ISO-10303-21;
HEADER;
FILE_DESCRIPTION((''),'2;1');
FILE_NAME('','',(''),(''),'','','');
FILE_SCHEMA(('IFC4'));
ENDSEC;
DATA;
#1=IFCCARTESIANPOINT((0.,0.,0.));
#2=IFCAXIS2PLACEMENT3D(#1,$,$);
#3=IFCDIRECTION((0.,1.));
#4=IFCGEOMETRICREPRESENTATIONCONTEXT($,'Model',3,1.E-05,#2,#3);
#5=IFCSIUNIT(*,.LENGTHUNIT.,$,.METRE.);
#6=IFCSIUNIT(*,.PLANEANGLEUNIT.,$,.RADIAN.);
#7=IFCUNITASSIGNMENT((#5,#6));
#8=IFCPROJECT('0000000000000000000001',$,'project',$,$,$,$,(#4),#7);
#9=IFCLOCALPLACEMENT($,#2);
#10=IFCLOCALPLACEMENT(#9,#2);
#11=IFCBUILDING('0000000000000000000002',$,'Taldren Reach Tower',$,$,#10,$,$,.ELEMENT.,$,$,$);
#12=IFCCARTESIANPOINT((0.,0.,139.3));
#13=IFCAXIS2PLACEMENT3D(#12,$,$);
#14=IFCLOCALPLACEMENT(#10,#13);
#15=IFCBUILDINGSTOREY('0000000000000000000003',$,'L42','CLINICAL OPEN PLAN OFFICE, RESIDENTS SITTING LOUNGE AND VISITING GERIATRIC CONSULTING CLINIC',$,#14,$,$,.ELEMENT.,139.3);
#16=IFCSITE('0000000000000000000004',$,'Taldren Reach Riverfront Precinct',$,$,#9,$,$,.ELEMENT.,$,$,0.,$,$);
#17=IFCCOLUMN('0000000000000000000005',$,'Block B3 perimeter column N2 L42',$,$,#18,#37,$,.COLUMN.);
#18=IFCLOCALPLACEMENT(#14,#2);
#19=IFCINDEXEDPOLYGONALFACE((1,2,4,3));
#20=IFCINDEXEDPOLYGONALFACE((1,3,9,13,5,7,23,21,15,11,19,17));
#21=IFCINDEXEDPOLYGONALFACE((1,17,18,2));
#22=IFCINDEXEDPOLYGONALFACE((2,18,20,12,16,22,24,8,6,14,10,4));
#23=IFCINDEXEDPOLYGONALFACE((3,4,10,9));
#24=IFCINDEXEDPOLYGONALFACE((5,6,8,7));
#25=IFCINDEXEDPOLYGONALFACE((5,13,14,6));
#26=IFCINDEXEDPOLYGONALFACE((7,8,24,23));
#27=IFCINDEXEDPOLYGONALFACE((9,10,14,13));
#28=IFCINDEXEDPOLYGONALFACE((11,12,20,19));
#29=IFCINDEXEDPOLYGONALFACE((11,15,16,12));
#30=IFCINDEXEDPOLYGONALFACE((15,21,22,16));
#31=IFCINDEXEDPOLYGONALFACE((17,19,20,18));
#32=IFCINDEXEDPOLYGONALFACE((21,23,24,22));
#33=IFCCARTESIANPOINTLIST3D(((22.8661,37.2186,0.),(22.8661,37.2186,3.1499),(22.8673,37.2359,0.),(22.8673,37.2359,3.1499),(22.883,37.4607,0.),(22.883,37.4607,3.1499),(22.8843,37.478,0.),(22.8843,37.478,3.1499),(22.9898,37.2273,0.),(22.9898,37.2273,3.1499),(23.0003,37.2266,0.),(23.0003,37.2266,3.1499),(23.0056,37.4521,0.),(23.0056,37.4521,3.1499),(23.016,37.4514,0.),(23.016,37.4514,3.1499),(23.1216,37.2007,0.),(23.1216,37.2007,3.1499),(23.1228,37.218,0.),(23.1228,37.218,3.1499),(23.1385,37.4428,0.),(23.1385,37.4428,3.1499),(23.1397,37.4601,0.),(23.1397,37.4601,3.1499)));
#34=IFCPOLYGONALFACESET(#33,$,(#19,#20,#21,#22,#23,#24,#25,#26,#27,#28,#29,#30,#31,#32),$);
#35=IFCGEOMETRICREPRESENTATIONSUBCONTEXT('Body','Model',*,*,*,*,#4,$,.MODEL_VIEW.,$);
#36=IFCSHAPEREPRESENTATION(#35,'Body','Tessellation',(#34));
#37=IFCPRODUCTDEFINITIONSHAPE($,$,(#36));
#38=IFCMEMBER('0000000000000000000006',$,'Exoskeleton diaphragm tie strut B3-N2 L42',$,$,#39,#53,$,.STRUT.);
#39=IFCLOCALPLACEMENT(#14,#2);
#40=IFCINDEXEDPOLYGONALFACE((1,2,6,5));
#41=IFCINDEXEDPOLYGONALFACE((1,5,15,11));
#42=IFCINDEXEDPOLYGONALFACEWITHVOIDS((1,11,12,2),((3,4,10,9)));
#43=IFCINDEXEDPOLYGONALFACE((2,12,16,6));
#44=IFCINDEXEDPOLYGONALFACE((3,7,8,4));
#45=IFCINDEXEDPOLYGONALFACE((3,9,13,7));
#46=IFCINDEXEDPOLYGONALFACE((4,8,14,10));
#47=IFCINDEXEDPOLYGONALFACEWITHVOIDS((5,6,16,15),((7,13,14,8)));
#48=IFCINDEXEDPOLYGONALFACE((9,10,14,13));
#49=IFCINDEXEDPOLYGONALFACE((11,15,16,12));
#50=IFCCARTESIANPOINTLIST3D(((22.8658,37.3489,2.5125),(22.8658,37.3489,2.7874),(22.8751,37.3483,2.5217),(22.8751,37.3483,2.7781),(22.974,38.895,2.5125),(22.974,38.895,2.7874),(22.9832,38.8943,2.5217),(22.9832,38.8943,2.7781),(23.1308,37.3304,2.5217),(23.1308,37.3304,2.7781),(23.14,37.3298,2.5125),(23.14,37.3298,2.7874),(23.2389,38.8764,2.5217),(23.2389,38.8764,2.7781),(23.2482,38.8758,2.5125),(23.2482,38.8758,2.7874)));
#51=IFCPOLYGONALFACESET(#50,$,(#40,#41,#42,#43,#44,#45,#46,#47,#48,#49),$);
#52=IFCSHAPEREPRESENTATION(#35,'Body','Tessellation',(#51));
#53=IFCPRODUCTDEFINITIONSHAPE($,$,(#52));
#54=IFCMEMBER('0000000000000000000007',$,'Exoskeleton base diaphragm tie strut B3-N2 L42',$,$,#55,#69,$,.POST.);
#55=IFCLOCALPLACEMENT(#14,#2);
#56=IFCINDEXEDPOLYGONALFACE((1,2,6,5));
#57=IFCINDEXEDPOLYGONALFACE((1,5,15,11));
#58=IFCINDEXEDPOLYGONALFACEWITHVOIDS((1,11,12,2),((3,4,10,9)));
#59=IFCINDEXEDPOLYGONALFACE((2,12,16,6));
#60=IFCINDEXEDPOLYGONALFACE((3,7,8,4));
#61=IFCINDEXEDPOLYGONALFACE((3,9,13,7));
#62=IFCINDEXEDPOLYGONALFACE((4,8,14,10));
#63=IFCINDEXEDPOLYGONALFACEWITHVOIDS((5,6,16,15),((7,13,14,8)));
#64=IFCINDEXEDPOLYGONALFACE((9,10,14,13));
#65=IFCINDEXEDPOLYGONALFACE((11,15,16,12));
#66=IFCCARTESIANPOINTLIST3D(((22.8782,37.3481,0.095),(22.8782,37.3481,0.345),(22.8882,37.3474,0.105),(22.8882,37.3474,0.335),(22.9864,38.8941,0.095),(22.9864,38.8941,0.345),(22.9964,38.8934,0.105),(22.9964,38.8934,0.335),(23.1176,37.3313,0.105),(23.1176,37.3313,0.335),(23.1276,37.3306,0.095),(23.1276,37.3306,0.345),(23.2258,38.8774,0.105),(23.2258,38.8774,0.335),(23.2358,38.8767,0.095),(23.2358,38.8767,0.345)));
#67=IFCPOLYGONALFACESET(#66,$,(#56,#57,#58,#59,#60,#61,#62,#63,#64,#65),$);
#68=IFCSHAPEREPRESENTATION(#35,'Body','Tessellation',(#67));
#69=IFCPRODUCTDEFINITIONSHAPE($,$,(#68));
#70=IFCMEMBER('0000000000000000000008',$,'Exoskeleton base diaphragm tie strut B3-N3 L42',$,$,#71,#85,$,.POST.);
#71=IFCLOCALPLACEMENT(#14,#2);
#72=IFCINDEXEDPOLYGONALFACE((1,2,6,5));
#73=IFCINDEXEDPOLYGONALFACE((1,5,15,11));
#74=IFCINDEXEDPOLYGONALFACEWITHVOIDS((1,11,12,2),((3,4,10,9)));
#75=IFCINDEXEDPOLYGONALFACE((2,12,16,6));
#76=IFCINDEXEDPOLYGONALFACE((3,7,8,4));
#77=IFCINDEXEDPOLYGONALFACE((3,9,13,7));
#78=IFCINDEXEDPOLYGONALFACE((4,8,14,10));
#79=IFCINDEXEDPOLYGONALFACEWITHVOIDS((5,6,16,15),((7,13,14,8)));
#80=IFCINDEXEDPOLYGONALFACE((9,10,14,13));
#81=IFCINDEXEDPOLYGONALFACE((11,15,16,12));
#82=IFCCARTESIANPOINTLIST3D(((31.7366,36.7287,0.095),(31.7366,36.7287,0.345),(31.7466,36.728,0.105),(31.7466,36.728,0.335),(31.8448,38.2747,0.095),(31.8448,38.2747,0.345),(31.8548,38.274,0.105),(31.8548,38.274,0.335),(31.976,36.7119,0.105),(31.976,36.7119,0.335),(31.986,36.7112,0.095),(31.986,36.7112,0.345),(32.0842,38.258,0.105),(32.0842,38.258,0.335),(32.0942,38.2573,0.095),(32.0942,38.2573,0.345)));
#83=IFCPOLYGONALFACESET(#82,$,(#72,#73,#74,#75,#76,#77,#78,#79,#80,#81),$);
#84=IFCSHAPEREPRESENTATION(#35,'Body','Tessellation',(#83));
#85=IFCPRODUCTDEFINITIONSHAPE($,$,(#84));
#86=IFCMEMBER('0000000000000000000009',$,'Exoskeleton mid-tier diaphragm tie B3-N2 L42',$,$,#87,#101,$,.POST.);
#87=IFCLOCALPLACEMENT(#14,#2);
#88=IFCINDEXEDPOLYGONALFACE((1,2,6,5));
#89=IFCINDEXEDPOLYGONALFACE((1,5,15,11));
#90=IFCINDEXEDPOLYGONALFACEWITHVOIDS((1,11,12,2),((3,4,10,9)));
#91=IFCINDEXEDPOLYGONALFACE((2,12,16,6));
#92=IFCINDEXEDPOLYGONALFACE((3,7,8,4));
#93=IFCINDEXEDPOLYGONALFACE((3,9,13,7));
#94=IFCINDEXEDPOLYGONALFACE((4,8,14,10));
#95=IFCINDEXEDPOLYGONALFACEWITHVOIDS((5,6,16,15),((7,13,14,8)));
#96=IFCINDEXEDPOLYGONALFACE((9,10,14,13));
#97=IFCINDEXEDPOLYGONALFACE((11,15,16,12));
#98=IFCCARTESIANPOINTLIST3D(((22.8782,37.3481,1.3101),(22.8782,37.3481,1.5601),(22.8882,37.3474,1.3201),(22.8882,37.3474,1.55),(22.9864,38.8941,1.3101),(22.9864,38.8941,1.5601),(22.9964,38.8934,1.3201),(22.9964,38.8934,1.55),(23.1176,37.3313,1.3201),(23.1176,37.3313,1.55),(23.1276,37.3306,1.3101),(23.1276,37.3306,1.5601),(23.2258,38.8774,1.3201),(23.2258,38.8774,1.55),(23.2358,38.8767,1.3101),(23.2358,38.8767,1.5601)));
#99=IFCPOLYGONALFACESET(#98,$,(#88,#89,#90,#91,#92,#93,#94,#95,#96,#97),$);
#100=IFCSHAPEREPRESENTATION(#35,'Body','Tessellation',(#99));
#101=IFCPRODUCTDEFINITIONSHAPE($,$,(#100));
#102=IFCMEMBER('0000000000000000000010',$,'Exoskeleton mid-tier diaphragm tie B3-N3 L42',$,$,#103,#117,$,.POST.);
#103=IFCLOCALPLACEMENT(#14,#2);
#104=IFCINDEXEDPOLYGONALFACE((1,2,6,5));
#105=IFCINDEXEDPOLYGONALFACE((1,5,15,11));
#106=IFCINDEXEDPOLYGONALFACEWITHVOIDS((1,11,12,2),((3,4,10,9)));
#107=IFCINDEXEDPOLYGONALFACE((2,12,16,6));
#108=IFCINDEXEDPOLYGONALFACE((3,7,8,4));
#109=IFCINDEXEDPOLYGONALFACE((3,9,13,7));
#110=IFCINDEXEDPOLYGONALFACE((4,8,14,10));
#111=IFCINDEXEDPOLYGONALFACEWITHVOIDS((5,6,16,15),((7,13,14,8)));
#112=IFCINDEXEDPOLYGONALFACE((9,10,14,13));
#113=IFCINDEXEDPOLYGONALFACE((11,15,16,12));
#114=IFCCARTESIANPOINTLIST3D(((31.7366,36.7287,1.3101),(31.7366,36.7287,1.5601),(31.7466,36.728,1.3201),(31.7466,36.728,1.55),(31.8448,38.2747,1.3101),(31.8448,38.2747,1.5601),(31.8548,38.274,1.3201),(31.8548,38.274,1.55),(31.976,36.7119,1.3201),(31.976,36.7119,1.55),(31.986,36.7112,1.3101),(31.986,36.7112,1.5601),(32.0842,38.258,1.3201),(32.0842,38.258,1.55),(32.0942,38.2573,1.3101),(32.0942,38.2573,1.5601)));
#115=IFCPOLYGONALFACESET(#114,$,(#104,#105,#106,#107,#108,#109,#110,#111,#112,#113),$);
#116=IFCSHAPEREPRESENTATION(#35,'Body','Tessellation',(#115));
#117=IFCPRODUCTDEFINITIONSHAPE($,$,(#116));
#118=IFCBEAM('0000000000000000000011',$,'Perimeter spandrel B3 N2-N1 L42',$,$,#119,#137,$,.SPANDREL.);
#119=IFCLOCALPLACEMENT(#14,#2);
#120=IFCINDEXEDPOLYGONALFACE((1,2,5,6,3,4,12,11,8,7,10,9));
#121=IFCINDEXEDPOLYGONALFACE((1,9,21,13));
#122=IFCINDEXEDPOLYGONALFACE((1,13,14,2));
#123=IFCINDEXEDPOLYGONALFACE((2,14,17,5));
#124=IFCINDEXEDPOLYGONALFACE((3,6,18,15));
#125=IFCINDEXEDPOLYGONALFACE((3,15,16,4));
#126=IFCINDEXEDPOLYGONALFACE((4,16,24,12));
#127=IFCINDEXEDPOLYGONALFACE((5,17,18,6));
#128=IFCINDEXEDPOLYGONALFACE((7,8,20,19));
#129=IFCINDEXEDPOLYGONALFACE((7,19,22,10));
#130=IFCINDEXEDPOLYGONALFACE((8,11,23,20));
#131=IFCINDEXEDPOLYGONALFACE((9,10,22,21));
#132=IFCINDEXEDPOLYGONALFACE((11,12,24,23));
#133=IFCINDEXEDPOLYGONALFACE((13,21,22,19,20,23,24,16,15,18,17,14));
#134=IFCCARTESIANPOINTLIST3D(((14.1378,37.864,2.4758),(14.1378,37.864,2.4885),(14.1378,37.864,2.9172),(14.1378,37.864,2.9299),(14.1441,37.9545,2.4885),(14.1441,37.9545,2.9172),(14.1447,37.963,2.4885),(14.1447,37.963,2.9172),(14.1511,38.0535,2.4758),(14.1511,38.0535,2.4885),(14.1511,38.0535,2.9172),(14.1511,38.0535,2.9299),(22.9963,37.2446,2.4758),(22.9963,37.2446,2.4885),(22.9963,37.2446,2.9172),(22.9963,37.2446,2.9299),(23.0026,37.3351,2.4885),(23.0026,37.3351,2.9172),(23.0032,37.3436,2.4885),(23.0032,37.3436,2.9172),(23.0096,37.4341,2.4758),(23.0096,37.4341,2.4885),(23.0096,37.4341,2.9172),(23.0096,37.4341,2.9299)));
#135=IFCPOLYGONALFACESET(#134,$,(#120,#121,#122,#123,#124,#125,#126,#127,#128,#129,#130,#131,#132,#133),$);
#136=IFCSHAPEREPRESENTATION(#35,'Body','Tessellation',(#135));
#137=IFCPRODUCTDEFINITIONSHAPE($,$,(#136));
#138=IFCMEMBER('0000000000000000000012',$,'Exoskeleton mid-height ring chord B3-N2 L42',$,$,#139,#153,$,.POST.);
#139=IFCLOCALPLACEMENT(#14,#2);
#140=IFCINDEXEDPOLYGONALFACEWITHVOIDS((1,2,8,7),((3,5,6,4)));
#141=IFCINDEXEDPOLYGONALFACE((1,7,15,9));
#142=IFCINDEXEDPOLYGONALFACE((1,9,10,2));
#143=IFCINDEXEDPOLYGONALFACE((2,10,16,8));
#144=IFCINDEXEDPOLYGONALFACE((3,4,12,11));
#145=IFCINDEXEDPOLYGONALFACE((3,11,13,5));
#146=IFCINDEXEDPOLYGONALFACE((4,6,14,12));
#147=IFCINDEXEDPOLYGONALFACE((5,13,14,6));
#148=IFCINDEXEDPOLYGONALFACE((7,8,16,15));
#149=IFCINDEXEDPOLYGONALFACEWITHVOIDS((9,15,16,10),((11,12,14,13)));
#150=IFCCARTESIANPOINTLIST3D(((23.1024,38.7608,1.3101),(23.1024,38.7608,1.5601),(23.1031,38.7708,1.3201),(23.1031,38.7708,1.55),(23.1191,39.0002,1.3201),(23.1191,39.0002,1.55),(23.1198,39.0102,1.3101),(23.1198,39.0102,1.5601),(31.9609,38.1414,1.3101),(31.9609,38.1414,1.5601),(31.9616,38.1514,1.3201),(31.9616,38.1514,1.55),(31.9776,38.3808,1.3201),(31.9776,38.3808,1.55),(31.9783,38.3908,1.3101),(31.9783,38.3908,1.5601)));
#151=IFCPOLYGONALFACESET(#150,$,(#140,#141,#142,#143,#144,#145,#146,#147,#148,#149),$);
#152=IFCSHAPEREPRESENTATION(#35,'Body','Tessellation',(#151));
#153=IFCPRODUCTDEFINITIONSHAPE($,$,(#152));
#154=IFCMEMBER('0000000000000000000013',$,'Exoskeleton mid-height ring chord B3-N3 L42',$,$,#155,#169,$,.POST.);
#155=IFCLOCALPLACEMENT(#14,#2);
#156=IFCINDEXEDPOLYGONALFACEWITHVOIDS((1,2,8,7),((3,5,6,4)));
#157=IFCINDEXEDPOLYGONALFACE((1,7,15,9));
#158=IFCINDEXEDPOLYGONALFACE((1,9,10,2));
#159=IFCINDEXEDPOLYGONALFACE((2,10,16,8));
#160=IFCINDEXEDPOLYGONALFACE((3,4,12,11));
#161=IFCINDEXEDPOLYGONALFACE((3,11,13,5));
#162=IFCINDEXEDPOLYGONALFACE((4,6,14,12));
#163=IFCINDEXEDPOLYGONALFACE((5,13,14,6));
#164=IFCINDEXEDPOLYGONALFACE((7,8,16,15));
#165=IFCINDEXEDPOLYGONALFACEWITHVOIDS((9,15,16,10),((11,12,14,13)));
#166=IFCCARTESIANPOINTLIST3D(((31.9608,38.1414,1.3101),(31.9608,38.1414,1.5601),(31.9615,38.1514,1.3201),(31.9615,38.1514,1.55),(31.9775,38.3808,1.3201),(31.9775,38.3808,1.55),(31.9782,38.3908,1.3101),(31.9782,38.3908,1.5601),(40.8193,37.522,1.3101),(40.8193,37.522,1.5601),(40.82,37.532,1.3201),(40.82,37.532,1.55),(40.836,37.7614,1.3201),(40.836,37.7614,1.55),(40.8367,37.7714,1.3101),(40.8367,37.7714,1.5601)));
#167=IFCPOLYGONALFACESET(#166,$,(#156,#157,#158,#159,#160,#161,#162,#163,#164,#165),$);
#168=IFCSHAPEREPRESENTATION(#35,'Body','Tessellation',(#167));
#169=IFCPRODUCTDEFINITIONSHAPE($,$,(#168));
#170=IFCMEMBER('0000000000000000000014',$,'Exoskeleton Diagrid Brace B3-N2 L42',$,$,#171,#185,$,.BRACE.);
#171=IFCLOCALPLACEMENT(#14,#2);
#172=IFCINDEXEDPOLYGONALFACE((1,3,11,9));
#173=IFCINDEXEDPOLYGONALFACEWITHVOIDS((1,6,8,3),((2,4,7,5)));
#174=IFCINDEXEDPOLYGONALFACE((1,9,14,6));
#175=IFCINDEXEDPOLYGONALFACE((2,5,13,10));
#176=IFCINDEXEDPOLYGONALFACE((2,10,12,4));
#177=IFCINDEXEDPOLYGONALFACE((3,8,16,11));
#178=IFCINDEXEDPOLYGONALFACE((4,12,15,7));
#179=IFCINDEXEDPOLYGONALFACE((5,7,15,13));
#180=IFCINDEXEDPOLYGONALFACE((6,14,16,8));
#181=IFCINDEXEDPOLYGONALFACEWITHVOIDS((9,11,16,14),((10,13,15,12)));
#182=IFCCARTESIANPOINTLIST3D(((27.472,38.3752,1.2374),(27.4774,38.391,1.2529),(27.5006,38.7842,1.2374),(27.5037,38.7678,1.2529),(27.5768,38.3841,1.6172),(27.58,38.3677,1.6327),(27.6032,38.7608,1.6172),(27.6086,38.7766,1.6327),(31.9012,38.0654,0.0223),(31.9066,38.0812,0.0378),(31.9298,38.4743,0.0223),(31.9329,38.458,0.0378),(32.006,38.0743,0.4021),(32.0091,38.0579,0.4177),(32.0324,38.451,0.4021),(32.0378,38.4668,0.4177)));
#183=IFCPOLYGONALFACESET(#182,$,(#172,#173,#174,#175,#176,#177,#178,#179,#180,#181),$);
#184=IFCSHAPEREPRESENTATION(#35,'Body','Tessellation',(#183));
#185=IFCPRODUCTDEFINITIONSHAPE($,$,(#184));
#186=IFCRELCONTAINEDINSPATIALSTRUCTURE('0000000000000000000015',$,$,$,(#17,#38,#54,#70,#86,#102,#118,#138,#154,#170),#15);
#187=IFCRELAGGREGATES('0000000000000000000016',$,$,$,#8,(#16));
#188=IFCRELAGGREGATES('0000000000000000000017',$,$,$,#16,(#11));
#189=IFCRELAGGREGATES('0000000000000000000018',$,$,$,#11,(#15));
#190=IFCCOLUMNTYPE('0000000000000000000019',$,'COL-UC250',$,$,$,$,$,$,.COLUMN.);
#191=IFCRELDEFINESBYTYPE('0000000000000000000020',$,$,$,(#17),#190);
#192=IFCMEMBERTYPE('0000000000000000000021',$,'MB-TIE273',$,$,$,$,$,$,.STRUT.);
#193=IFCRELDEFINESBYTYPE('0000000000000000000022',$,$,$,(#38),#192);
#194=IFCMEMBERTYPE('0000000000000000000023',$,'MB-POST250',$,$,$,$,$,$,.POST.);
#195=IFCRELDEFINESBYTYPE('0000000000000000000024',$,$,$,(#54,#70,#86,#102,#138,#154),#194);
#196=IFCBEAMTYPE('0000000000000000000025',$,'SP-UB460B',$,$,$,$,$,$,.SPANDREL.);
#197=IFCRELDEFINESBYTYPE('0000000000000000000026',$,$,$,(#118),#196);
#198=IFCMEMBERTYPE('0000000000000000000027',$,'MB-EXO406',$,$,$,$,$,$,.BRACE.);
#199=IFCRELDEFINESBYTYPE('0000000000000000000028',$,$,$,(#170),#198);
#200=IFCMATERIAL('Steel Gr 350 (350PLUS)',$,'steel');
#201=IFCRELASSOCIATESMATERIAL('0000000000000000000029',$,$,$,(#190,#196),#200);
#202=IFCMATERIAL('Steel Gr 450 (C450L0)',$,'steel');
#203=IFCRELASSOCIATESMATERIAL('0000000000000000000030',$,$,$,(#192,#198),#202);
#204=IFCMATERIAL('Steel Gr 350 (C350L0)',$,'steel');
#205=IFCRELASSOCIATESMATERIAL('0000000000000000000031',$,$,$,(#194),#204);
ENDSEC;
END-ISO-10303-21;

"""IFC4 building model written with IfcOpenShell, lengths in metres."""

from ifc_helpers import new_model, si_unit, direction, frame, origin, origin_2d, place, context, subcontext, project, spatial, hollow_rectangle, i_section, extrude, source, transform, mapped, material, material_profile, profile_set, type_object, element, save


model = new_model("IFC4")

# Units and contexts
model_context = context("Model", 3, precision=1e-05, world=origin(), true_north=direction((0.0, 1.0)))
body_context = subcontext(model_context, "Body", "Model", "MODEL_VIEW")
ifc_project = project(units=[si_unit("LENGTHUNIT", "METRE"), si_unit("PLANEANGLEUNIT", "RADIAN")], contexts=[model_context])

# Site, building, storey
site_placement = place(None, origin())
site = spatial("IfcSite", under=ifc_project, at=site_placement, Name="Taldren Reach Riverfront Precinct", CompositionType="ELEMENT", RefElevation=0.0)
building_placement = place(site_placement, origin())
building = spatial("IfcBuilding", under=site, at=building_placement, Name="Taldren Reach Tower", CompositionType="ELEMENT")
storey_placement = place(building_placement, frame((0.0, 0.0, 139.3)))
storey = spatial("IfcBuildingStorey", under=building, at=storey_placement, Name="L42", Description="CLINICAL OPEN PLAN OFFICE, RESIDENTS SITTING LOUNGE AND VISITING GERIATRIC CONSULTING CLINIC", CompositionType="ELEMENT", Elevation=139.3)

# Column
ifc_material_1 = material(Name="Steel Gr 350 (350PLUS)", Category="steel")
ifc_material_profile_1 = material_profile(ifc_material_1, i_section(OverallWidth=0.2561, OverallDepth=0.26, WebThickness=0.0105, FlangeThickness=0.0173, at=origin_2d()), Name="250UC89.5")
ifc_profile_set_1 = profile_set([ifc_material_profile_1], Name="Steel Gr 350 (350PLUS)")
column_type = type_object("IfcColumnType", Name="COL-UC250", PredefinedType="COLUMN", material=ifc_profile_set_1)
shared_shape_1 = source(origin(), body_context, "Body", "SweptSolid", [
    extrude(i_section(OverallWidth=0.2561, OverallDepth=0.26, WebThickness=0.0105, FlangeThickness=0.0173, at=origin_2d()), origin(), (0.0, 0.0, 1.0), 3.1499),
])
column_placement = place(storey_placement, frame((23.0029, 37.3394, 0.0), z_axis=(0.0, 0.0, 1.0), x_axis=(0.997564, -0.069756, 0.0)))
element("IfcColumn", 1, at=column_placement, inside=storey, type_object=column_type, Name="Block B3 perimeter column N2 L42", PredefinedType="COLUMN", context=body_context, shape_type="MappedRepresentation", body=[
    mapped(shared_shape_1, transform((0.0, 0.0, 0.0), scale=1.0)),
])

# Members
ifc_material_2 = material(Name="Steel Gr 450 (C450L0)", Category="steel")
ifc_material_profile_2 = material_profile(ifc_material_2, hollow_rectangle(XDim=0.2749, YDim=0.2749, WallThickness=0.0093, at=origin_2d()), Name="275x275x9.3SHS")
ifc_profile_set_2 = profile_set([ifc_material_profile_2], Name="Steel Gr 450 (C450L0)")
member_type_1 = type_object("IfcMemberType", Name="MB-TIE273", PredefinedType="STRUT", material=ifc_profile_set_2)
shared_shape_2 = source(origin(), body_context, "Body", "SweptSolid", [
    extrude(hollow_rectangle(XDim=0.2749, YDim=0.2749, WallThickness=0.0093, at=origin_2d()), origin(), (0.0, 0.0, 1.0), 1.5498),
])
member_1_placement = place(storey_placement, frame((23.0029, 37.3394, 2.6499), z_axis=(0.069781, 0.997562, 0.0), x_axis=(-0.997562, 0.069781, 0.0)))
element("IfcMember", 2, at=member_1_placement, inside=storey, type_object=member_type_1, Name="Exoskeleton diaphragm tie strut B3-N2 L42", PredefinedType="STRUT", context=body_context, shape_type="MappedRepresentation", body=[
    mapped(shared_shape_2, transform((0.0, 0.0, 0.0), scale=1.0)),
])
ifc_material_3 = material(Name="Steel Gr 350 (C350L0)", Category="steel")
ifc_material_profile_3 = material_profile(ifc_material_3, hollow_rectangle(XDim=0.25, YDim=0.25, WallThickness=0.01, at=origin_2d()), Name="250x250x10.0SHS")
ifc_profile_set_3 = profile_set([ifc_material_profile_3], Name="Steel Gr 350 (C350L0)")
member_type_2 = type_object("IfcMemberType", Name="MB-POST250", PredefinedType="POST", material=ifc_profile_set_3)
shared_shape_3 = source(origin(), body_context, "Body", "SweptSolid", [
    extrude(hollow_rectangle(XDim=0.25, YDim=0.25, WallThickness=0.01, at=origin_2d()), origin(), (0.0, 0.0, 1.0), 1.5498),
])
for number, where, z_axis, x_axis, name in (
    (3, (23.0029, 37.3394, 0.22), (0.069781, 0.997562, 0.0), (-0.997562, 0.069781, 0.0), "Exoskeleton base diaphragm tie strut B3-N2 L42"),
    (4, (31.8613, 36.72, 0.22), (0.069781, 0.997562, 0.0), (-0.997562, 0.069781, 0.0), "Exoskeleton base diaphragm tie strut B3-N3 L42"),
    (5, (23.0029, 37.3394, 1.4351), (0.069781, 0.997562, 0.0), (-0.997562, 0.069781, 0.0), "Exoskeleton mid-tier diaphragm tie B3-N2 L42"),
    (6, (31.8613, 36.72, 1.4351), (0.069781, 0.997562, 0.0), (-0.997562, 0.069781, 0.0), "Exoskeleton mid-tier diaphragm tie B3-N3 L42"),
):
    element("IfcMember", number, at=place(storey_placement, frame(where, z_axis=z_axis, x_axis=x_axis)), inside=storey, type_object=member_type_2, Name=name, PredefinedType="POST", context=body_context, shape_type="MappedRepresentation", body=[
        mapped(shared_shape_3, transform((0.0, 0.0, 0.0), scale=1.0)),
    ])

# Beam
ifc_material_profile_4 = material_profile(ifc_material_1, i_section(OverallWidth=0.1899, OverallDepth=0.4541, WebThickness=0.0085, FlangeThickness=0.0127, at=origin_2d()), Name="460UB67.1")
ifc_profile_set_4 = profile_set([ifc_material_profile_4], Name="Steel Gr 350 (350PLUS)")
beam_type = type_object("IfcBeamType", Name="SP-UB460B", PredefinedType="SPANDREL", material=ifc_profile_set_4)
shared_shape_4 = source(origin(), body_context, "Body", "SweptSolid", [
    extrude(i_section(OverallWidth=0.1899, OverallDepth=0.4541, WebThickness=0.0085, FlangeThickness=0.0127, at=origin_2d()), origin(), (0.0, 0.0, 1.0), 8.8801),
])
beam_placement = place(storey_placement, frame((23.0029, 37.3394, 2.7029), z_axis=(-0.997564, 0.06975, 0.0), x_axis=(-0.06975, -0.997564, 0.0)))
element("IfcBeam", 7, at=beam_placement, inside=storey, type_object=beam_type, Name="Perimeter spandrel B3 N2-N1 L42", PredefinedType="SPANDREL", context=body_context, shape_type="MappedRepresentation", body=[
    mapped(shared_shape_4, transform((0.0, 0.0, 0.0), scale=1.0)),
])

# Members
shared_shape_5 = source(origin(), body_context, "Body", "SweptSolid", [
    extrude(hollow_rectangle(XDim=0.25, YDim=0.25, WallThickness=0.01, at=origin_2d()), origin(), (0.0, 0.0, 1.0), 8.8801),
])
for number, where, z_axis, x_axis, name in (
    (8, (23.1111, 38.8855, 1.4351), (0.997564, -0.06975, 0.0), (0.06975, 0.997564, 0.0), "Exoskeleton mid-height ring chord B3-N2 L42"),
    (9, (31.9695, 38.2661, 1.4351), (0.997564, -0.06975, 0.0), (0.06975, 0.997564, 0.0), "Exoskeleton mid-height ring chord B3-N3 L42"),
):
    element("IfcMember", number, at=place(storey_placement, frame(where, z_axis=z_axis, x_axis=x_axis)), inside=storey, type_object=member_type_2, Name=name, PredefinedType="POST", context=body_context, shape_type="MappedRepresentation", body=[
        mapped(shared_shape_5, transform((0.0, 0.0, 0.0), scale=1.0)),
    ])
ifc_material_profile_5 = material_profile(ifc_material_2, hollow_rectangle(XDim=0.4099, YDim=0.4099, WallThickness=0.0161, at=origin_2d()), Name="410x410x16.0SHS")
ifc_profile_set_5 = profile_set([ifc_material_profile_5], Name="Steel Gr 450 (C450L0)")
member_type_3 = type_object("IfcMemberType", Name="MB-EXO406", PredefinedType="BRACE", material=ifc_profile_set_5)
shared_shape_6 = source(origin(), body_context, "Body", "SweptSolid", [
    extrude(hollow_rectangle(XDim=0.4099, YDim=0.4099, WallThickness=0.0161, at=origin_2d()), origin(), (0.0, 0.0, 1.0), 4.6033),
])
for number, where, z_axis, x_axis, name in (
    (10, (31.9695, 38.2661, 0.22), (-0.962182, 0.067303, 0.263961), (-0.069778, -0.997563, 0.0), "Exoskeleton Diagrid Brace B3-N2 L42"),
):
    element("IfcMember", number, at=place(storey_placement, frame(where, z_axis=z_axis, x_axis=x_axis)), inside=storey, type_object=member_type_3, Name=name, PredefinedType="BRACE", context=body_context, shape_type="MappedRepresentation", body=[
        mapped(shared_shape_6, transform((0.0, 0.0, 0.0), scale=1.0)),
    ])

save(model, "model.ifc")
